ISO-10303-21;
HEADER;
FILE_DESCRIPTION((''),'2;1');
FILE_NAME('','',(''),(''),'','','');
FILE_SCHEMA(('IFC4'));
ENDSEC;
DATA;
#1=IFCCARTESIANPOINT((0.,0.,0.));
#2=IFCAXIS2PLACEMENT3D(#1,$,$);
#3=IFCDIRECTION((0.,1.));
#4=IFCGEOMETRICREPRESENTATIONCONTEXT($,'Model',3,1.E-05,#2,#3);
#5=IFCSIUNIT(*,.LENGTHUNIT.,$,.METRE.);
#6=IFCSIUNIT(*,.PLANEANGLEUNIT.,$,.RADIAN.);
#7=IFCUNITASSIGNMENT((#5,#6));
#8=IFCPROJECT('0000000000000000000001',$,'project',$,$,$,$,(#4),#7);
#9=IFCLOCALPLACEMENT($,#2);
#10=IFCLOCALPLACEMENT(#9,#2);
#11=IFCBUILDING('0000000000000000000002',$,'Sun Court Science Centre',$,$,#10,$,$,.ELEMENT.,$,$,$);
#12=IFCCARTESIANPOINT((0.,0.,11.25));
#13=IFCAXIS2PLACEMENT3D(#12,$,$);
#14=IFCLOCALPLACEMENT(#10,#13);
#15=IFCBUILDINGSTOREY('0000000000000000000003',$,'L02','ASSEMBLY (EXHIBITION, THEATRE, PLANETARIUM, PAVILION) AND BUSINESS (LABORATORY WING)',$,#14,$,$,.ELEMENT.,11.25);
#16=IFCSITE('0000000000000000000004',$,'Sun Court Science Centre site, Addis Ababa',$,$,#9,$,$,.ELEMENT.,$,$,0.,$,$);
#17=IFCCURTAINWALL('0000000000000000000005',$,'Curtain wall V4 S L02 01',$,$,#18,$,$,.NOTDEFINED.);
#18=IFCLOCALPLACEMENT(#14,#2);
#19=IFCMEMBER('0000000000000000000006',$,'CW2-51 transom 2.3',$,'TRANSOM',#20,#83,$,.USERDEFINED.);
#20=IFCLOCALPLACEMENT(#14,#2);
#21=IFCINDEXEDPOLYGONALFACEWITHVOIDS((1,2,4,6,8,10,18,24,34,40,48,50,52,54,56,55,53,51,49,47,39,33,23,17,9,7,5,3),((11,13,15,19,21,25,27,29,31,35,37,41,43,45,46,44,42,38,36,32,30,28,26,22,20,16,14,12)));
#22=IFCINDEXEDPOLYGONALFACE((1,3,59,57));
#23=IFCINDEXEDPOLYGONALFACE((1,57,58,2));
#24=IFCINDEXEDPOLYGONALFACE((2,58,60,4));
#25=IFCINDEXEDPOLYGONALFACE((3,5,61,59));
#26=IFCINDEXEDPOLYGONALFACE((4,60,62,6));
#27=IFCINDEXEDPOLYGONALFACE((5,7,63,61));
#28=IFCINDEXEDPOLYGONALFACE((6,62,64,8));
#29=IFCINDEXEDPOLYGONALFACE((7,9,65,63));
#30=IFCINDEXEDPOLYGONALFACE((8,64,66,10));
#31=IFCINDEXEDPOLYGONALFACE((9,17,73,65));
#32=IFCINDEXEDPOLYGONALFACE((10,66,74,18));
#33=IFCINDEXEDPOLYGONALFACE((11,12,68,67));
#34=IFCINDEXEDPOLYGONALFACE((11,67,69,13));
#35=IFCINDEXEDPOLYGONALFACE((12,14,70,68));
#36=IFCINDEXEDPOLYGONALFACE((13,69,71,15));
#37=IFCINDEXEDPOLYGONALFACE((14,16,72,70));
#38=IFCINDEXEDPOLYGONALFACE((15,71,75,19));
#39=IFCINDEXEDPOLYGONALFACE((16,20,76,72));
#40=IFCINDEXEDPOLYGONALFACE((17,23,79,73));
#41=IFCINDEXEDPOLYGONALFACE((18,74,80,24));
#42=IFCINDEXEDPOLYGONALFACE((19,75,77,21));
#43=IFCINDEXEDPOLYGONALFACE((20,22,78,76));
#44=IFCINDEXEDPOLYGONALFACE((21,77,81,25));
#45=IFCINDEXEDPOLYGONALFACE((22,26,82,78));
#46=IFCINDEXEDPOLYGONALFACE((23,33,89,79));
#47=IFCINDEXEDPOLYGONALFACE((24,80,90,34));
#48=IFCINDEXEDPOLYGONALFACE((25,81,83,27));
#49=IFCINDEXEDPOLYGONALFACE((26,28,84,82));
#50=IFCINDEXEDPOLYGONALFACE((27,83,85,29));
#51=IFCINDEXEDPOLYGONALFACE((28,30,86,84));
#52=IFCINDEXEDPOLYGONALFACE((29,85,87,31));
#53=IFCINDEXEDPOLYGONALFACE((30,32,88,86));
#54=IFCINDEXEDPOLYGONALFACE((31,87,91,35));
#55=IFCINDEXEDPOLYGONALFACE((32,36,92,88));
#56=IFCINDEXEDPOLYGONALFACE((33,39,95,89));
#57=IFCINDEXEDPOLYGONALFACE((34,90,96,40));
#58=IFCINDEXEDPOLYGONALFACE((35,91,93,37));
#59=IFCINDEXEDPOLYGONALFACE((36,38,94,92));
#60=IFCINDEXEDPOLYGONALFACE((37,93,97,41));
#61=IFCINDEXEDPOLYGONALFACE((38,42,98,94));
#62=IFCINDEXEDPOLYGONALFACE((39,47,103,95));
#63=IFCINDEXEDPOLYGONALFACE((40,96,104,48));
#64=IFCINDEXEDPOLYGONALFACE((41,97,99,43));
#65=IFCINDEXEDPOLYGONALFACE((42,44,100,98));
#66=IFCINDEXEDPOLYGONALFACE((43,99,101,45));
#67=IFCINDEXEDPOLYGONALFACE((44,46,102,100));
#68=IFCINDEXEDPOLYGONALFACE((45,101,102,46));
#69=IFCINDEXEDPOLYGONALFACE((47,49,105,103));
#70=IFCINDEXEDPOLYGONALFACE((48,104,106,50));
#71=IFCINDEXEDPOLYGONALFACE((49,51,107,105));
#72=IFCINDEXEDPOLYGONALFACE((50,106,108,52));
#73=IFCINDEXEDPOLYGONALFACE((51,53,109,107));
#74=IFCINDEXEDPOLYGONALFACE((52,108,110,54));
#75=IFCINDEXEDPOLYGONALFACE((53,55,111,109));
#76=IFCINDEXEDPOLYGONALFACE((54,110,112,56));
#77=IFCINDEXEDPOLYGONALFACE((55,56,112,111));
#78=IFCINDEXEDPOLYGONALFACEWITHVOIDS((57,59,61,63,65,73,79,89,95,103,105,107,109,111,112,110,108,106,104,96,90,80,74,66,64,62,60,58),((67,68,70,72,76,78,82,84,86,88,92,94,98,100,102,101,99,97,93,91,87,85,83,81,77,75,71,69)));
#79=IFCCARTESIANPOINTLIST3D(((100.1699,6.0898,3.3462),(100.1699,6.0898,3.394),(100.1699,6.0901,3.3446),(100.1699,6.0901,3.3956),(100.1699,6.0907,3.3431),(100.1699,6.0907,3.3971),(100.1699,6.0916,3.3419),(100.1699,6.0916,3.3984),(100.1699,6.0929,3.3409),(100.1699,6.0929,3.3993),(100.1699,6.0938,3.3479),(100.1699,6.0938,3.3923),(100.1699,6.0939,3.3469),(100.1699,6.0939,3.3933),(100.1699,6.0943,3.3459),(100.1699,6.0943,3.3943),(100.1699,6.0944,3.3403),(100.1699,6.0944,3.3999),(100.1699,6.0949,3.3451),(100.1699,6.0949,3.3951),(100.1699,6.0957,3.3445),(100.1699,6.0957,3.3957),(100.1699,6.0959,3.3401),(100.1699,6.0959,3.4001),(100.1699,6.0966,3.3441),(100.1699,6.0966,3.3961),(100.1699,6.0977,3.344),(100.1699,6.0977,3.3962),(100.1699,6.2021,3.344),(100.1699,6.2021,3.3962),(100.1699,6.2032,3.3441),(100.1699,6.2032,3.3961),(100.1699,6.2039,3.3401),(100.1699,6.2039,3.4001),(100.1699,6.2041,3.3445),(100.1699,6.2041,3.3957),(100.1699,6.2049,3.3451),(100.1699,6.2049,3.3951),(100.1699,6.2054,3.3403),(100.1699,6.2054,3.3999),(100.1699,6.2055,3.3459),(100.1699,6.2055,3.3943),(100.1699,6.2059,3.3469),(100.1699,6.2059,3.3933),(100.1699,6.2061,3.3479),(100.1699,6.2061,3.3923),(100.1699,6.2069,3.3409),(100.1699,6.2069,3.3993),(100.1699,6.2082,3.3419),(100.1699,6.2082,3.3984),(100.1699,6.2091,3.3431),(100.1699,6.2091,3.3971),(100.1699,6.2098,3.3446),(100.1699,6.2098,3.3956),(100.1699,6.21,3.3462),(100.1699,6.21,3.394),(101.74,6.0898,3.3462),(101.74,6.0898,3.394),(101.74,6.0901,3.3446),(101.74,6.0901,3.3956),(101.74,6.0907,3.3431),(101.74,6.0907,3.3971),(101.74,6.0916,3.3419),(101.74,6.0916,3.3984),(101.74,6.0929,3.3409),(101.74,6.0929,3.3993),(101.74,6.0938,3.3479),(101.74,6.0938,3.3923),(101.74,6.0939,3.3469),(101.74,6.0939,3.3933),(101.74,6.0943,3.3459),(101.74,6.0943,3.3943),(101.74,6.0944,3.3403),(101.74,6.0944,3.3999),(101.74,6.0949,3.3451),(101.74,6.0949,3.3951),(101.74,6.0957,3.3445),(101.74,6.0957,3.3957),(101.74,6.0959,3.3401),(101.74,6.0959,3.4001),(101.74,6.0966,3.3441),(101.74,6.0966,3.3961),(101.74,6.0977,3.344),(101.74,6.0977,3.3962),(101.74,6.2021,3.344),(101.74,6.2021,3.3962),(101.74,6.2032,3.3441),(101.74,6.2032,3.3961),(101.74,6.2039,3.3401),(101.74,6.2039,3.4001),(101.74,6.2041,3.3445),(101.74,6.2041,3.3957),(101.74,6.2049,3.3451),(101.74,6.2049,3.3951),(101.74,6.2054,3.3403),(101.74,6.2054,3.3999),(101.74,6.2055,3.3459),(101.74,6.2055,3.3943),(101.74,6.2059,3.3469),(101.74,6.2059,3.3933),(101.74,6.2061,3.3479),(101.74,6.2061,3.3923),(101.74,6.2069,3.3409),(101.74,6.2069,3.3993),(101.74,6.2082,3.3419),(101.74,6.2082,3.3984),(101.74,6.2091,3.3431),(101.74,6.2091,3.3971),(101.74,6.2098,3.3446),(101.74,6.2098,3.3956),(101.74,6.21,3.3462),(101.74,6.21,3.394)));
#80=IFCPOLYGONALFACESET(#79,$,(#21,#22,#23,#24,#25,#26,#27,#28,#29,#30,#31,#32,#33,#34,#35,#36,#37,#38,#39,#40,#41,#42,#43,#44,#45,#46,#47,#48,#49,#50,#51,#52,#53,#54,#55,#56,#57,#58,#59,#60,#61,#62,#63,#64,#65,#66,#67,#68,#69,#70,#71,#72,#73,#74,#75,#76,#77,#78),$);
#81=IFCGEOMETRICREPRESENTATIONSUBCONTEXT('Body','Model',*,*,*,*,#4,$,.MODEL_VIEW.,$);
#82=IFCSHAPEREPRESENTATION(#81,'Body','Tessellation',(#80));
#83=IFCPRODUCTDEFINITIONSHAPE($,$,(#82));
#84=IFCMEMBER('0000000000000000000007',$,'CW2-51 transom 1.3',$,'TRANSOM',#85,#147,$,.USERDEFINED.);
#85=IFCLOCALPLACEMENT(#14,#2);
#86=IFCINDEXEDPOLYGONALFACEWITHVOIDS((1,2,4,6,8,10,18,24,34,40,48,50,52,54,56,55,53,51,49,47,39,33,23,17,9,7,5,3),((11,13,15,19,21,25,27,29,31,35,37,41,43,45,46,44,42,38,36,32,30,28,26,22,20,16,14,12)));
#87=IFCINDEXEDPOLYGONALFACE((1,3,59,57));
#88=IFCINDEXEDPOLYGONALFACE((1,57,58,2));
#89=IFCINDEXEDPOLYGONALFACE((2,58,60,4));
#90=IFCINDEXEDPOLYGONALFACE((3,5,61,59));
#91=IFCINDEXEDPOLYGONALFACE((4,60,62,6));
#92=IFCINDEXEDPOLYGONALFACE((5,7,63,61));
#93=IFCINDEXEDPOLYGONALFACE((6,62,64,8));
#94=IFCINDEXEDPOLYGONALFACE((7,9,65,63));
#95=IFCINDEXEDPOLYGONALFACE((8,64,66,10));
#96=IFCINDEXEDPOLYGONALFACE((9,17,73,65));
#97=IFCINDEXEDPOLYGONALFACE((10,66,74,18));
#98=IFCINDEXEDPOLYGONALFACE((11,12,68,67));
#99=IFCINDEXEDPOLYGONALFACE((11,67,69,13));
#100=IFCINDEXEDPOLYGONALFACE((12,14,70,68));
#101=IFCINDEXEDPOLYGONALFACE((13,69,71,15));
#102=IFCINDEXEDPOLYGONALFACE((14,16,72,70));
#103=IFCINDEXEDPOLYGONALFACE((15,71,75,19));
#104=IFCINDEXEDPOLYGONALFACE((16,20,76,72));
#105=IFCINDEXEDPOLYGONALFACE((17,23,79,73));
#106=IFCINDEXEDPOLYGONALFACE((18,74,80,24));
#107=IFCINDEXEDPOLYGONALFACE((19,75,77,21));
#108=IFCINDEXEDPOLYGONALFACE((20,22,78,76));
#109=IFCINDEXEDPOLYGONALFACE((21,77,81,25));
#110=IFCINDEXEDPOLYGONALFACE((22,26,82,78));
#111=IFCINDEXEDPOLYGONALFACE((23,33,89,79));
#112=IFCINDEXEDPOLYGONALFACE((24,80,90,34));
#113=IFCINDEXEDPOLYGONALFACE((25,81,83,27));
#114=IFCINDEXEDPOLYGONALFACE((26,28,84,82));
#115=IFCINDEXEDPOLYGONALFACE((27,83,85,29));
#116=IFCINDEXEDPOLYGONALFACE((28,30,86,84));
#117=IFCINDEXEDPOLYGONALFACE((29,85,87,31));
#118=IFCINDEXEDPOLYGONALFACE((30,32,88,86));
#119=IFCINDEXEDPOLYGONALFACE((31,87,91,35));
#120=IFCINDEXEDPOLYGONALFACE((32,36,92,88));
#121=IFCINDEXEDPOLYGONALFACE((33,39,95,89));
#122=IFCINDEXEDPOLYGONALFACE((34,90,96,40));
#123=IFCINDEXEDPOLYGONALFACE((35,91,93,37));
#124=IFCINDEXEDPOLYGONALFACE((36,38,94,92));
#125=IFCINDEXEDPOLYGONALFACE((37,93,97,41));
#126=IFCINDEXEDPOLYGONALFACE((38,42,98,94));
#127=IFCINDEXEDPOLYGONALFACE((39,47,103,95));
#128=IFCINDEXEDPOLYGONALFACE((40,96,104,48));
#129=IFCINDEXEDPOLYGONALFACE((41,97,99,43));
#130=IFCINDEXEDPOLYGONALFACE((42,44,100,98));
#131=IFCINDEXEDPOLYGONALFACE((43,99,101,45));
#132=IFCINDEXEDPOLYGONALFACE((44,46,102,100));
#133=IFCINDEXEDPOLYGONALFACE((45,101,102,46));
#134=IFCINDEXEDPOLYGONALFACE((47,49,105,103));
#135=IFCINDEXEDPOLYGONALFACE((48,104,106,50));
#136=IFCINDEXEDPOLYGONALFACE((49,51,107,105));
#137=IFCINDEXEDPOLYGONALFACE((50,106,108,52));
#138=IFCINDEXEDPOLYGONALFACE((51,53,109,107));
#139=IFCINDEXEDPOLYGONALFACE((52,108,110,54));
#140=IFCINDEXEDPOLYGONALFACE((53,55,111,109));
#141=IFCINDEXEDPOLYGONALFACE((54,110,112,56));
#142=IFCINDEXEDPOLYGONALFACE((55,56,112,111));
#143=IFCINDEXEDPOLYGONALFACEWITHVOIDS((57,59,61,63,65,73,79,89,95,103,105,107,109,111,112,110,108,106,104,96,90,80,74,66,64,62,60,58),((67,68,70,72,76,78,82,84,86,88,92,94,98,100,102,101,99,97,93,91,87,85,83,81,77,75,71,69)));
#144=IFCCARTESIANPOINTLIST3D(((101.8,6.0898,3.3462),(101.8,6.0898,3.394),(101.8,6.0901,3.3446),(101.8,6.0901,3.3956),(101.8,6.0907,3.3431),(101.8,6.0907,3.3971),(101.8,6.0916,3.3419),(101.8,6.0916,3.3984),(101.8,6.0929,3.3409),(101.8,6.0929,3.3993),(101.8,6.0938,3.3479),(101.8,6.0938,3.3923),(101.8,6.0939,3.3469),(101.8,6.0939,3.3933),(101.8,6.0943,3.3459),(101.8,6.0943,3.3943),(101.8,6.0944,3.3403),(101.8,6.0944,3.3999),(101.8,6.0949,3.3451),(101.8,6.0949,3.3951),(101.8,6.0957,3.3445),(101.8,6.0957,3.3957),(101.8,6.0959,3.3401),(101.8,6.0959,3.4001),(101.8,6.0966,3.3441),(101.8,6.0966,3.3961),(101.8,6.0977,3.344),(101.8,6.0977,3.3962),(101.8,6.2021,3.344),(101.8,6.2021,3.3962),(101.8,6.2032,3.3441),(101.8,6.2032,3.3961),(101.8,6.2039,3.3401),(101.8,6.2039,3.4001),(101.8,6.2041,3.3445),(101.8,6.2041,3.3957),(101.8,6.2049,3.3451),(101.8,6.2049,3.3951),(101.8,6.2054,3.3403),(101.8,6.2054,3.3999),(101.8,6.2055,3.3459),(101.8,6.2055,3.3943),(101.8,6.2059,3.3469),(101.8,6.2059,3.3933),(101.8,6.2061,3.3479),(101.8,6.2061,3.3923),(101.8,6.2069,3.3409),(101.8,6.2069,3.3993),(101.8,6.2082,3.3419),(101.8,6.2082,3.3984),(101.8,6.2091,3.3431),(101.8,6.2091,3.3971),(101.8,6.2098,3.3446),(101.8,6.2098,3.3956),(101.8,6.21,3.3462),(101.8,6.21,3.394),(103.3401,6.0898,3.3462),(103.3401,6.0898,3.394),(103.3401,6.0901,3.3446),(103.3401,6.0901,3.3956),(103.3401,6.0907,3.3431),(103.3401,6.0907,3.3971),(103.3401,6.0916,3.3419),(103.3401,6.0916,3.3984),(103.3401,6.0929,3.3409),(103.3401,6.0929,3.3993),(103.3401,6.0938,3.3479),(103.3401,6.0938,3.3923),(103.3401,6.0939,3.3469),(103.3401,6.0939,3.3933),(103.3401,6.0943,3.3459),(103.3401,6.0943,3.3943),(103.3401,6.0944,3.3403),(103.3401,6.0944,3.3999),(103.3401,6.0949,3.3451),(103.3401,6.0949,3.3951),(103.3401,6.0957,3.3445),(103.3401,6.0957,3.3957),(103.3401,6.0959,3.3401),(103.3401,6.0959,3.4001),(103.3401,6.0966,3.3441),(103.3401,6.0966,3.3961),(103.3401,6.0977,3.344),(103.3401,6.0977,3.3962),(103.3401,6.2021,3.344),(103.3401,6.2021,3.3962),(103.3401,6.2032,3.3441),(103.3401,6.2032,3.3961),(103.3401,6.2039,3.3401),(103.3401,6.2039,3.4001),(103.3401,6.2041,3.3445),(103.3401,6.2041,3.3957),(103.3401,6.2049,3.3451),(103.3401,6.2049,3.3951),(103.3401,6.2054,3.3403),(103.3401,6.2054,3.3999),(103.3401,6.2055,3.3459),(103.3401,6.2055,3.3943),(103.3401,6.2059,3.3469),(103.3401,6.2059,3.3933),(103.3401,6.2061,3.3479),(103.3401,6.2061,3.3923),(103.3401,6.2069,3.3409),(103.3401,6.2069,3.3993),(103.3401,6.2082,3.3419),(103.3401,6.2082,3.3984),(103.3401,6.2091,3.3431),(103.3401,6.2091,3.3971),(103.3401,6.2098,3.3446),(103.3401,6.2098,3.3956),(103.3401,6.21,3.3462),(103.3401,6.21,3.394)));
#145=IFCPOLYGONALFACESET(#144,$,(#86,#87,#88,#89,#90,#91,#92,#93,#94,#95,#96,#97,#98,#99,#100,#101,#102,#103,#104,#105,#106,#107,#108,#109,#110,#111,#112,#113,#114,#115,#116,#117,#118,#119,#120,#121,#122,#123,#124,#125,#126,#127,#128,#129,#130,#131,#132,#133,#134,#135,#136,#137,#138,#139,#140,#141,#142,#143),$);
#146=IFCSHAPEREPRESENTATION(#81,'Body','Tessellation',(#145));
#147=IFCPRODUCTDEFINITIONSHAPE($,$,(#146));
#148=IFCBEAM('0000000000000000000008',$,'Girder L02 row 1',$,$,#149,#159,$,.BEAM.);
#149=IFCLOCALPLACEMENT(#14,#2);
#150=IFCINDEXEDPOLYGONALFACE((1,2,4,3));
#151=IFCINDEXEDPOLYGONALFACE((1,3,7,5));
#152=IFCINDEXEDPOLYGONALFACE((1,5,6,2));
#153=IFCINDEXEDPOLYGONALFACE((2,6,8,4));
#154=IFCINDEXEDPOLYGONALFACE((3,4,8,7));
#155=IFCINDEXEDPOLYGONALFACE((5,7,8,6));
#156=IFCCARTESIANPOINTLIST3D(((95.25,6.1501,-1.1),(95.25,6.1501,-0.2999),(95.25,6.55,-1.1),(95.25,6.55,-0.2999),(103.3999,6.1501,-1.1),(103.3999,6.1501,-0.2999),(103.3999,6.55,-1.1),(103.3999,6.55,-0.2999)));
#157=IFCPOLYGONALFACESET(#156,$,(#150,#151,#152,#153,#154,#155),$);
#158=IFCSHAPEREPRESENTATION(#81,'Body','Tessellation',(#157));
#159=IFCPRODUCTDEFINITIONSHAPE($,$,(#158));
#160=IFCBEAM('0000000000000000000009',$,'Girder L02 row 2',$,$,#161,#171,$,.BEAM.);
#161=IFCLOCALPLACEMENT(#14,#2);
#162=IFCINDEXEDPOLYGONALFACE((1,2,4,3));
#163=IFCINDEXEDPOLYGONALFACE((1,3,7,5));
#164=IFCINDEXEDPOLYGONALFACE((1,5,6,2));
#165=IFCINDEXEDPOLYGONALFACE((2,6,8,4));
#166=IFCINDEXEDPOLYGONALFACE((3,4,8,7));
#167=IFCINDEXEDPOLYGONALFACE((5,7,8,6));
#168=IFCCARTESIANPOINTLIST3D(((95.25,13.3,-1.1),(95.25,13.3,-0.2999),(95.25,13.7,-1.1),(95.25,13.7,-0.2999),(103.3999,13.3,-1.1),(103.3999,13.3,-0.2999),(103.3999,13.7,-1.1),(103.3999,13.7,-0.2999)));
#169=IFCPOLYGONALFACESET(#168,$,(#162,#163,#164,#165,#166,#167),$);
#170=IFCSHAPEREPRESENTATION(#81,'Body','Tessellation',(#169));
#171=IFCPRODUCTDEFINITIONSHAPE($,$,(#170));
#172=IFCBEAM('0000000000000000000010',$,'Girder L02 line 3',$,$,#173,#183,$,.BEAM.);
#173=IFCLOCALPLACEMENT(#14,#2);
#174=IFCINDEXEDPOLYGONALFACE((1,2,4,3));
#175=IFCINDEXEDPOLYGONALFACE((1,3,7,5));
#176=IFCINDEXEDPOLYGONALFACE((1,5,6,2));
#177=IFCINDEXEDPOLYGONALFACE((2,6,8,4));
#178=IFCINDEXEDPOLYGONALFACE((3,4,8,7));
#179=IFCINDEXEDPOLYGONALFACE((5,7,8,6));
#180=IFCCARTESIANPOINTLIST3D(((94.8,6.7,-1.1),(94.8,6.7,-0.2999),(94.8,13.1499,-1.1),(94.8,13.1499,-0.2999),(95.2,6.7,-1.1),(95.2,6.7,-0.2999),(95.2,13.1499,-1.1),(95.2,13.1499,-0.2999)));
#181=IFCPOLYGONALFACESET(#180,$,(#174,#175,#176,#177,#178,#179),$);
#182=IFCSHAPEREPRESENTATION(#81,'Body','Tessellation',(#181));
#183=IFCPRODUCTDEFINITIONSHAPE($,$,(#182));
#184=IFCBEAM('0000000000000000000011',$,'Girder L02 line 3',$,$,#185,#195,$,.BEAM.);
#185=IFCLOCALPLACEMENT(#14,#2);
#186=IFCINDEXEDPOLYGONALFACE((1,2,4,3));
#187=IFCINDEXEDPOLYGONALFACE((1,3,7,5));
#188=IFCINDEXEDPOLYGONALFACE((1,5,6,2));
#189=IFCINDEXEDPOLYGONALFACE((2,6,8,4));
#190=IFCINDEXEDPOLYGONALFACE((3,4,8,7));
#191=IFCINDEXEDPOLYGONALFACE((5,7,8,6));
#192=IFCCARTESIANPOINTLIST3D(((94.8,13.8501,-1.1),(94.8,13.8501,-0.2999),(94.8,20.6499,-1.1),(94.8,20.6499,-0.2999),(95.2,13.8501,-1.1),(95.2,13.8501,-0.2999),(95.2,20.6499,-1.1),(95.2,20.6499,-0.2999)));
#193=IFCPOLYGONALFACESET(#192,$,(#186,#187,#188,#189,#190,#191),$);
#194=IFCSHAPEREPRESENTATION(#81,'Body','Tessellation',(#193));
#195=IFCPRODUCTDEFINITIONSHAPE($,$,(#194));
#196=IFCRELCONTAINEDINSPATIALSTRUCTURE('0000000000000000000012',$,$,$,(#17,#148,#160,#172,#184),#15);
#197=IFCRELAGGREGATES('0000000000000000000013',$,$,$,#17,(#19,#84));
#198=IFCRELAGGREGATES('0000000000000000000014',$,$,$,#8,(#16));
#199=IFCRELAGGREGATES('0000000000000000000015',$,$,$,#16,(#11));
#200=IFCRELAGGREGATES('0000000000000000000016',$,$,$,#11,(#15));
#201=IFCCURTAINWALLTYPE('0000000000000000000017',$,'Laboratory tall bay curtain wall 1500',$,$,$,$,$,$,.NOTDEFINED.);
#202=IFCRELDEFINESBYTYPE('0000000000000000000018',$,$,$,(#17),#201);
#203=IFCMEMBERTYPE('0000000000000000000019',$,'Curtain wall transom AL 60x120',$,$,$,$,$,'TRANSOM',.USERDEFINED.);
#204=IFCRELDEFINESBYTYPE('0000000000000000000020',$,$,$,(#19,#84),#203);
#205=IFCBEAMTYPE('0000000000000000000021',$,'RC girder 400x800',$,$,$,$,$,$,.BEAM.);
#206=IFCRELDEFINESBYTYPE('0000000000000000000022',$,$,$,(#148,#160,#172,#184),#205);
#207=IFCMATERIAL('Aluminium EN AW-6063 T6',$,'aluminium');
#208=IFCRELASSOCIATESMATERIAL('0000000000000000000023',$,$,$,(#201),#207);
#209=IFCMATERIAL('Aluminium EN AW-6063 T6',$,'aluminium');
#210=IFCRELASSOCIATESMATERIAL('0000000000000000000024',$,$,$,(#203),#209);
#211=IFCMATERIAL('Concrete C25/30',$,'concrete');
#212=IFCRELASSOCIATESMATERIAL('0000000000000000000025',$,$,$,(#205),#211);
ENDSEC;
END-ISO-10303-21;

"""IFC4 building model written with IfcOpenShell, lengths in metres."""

from ifc_helpers import new_model, si_unit, direction, frame, origin, origin_2d, place, context, subcontext, project, spatial, rectangle, hollow_rectangle, extrude, material, material_profile, profile_set, type_object, element, aggregate, save


model = new_model("IFC4")

# Units and contexts
model_context = context("Model", 3, precision=1e-05, world=origin(), true_north=direction((0.0, 1.0)))
body_context = subcontext(model_context, "Body", "Model", "MODEL_VIEW")
ifc_project = project(units=[si_unit("LENGTHUNIT", "METRE"), si_unit("PLANEANGLEUNIT", "RADIAN")], contexts=[model_context])

# Site, building, storey
site_placement = place(None, origin())
site = spatial("IfcSite", under=ifc_project, at=site_placement, Name="Sun Court Science Centre site, Addis Ababa", CompositionType="ELEMENT", RefElevation=0.0)
building_placement = place(site_placement, origin())
building = spatial("IfcBuilding", under=site, at=building_placement, Name="Sun Court Science Centre", CompositionType="ELEMENT")
storey_placement = place(building_placement, frame((0.0, 0.0, 11.25)))
storey = spatial("IfcBuildingStorey", under=building, at=storey_placement, Name="L02", Description="ASSEMBLY (EXHIBITION, THEATRE, PLANETARIUM, PAVILION) AND BUSINESS (LABORATORY WING)", CompositionType="ELEMENT", Elevation=11.25)

# Curtain wall, members
ifc_material_1 = material(Name="Aluminium EN AW-6063 T6", Category="aluminium")
curtain_wall_type = type_object("IfcCurtainWallType", Name="Laboratory tall bay curtain wall 1500", PredefinedType="NOTDEFINED", material=ifc_material_1)
curtain_wall_placement = place(storey_placement, origin())
curtain_wall = element("IfcCurtainWall", 1, at=curtain_wall_placement, inside=storey, type_object=curtain_wall_type, Name="Curtain wall V4 S L02 01", PredefinedType="NOTDEFINED")
ifc_material_2 = material(Name="Aluminium EN AW-6063 T6", Category="aluminium")
ifc_material_profile_1 = material_profile(ifc_material_2, hollow_rectangle(XDim=0.0601, YDim=0.1201, WallThickness=0.0039, InnerFilletRadius=0.0039, OuterFilletRadius=0.0061, at=origin_2d()), Name="AL 60x120x4")
ifc_profile_set_1 = profile_set([ifc_material_profile_1], Name="Aluminium EN AW-6063 T6")
member_type_1 = type_object("IfcMemberType", Name="Curtain wall transom AL 60x120", ElementType="TRANSOM", PredefinedType="USERDEFINED", material=ifc_profile_set_1)
member_1_placement = place(storey_placement, frame((101.74, 6.1499, 3.3701), z_axis=(-1.0, 0.0, 0.0), x_axis=(0.0, 0.0, 1.0)))
member_1 = element("IfcMember", 2, at=member_1_placement, type_object=member_type_1, Name="CW2-51 transom 2.3", ObjectType="TRANSOM", PredefinedType="USERDEFINED", context=body_context, shape_type="SweptSolid", body=[
    extrude(hollow_rectangle(XDim=0.0601, YDim=0.1201, WallThickness=0.0039, InnerFilletRadius=0.0039, OuterFilletRadius=0.0061, at=origin_2d()), origin(), (0.0, 0.0, 1.0), 1.5701),
])
member_2_placement = place(storey_placement, frame((103.3401, 6.1499, 3.3701), z_axis=(-1.0, 0.0, 0.0), x_axis=(0.0, 0.0, 1.0)))
member_2 = element("IfcMember", 3, at=member_2_placement, type_object=member_type_1, Name="CW2-51 transom 1.3", ObjectType="TRANSOM", PredefinedType="USERDEFINED", context=body_context, shape_type="SweptSolid", body=[
    extrude(hollow_rectangle(XDim=0.0601, YDim=0.1201, WallThickness=0.0039, InnerFilletRadius=0.0039, OuterFilletRadius=0.0061, at=origin_2d()), origin(), (0.0, 0.0, 1.0), 1.54),
])

# Beams
ifc_material_3 = material(Name="Concrete C25/30", Category="concrete")
ifc_material_profile_2 = material_profile(ifc_material_3, rectangle(XDim=0.3999, YDim=0.8, at=origin_2d()), Name="RC 400x800")
ifc_profile_set_2 = profile_set([ifc_material_profile_2], Name="Concrete C25/30")
beam_type_1 = type_object("IfcBeamType", Name="RC girder 400x800", PredefinedType="BEAM", material=ifc_profile_set_2)
for number, where, z_axis, x_axis, name in (
    (4, (95.25, 6.3501, -0.7), (1.0, 0.0, 0.0), (0.0, 1.0, 0.0), "Girder L02 row 1"),
    (5, (95.25, 13.5, -0.7), (1.0, 0.0, 0.0), (0.0, 1.0, 0.0), "Girder L02 row 2"),
):
    element("IfcBeam", number, at=place(storey_placement, frame(where, z_axis=z_axis, x_axis=x_axis)), inside=storey, type_object=beam_type_1, Name=name, PredefinedType="BEAM", context=body_context, shape_type="SweptSolid", body=[
        extrude(rectangle(XDim=0.3999, YDim=0.8, at=origin_2d()), origin(), (0.0, 0.0, 1.0), 8.1499),
    ])
beam_1_placement = place(storey_placement, frame((95.0, 6.7, -0.7), z_axis=(0.0, 1.0, 0.0), x_axis=(-1.0, 0.0, 0.0)))
element("IfcBeam", 6, at=beam_1_placement, inside=storey, type_object=beam_type_1, Name="Girder L02 line 3", PredefinedType="BEAM", context=body_context, shape_type="SweptSolid", body=[
    extrude(rectangle(XDim=0.3999, YDim=0.8, at=origin_2d()), origin(), (0.0, 0.0, 1.0), 6.45),
])
beam_2_placement = place(storey_placement, frame((95.0, 13.8501, -0.7), z_axis=(0.0, 1.0, 0.0), x_axis=(-1.0, 0.0, 0.0)))
element("IfcBeam", 7, at=beam_2_placement, inside=storey, type_object=beam_type_1, Name="Girder L02 line 3", PredefinedType="BEAM", context=body_context, shape_type="SweptSolid", body=[
    extrude(rectangle(XDim=0.3999, YDim=0.8, at=origin_2d()), origin(), (0.0, 0.0, 1.0), 6.7998),
])

aggregate(curtain_wall, [member_1, member_2])

save(model, "model.ifc")
